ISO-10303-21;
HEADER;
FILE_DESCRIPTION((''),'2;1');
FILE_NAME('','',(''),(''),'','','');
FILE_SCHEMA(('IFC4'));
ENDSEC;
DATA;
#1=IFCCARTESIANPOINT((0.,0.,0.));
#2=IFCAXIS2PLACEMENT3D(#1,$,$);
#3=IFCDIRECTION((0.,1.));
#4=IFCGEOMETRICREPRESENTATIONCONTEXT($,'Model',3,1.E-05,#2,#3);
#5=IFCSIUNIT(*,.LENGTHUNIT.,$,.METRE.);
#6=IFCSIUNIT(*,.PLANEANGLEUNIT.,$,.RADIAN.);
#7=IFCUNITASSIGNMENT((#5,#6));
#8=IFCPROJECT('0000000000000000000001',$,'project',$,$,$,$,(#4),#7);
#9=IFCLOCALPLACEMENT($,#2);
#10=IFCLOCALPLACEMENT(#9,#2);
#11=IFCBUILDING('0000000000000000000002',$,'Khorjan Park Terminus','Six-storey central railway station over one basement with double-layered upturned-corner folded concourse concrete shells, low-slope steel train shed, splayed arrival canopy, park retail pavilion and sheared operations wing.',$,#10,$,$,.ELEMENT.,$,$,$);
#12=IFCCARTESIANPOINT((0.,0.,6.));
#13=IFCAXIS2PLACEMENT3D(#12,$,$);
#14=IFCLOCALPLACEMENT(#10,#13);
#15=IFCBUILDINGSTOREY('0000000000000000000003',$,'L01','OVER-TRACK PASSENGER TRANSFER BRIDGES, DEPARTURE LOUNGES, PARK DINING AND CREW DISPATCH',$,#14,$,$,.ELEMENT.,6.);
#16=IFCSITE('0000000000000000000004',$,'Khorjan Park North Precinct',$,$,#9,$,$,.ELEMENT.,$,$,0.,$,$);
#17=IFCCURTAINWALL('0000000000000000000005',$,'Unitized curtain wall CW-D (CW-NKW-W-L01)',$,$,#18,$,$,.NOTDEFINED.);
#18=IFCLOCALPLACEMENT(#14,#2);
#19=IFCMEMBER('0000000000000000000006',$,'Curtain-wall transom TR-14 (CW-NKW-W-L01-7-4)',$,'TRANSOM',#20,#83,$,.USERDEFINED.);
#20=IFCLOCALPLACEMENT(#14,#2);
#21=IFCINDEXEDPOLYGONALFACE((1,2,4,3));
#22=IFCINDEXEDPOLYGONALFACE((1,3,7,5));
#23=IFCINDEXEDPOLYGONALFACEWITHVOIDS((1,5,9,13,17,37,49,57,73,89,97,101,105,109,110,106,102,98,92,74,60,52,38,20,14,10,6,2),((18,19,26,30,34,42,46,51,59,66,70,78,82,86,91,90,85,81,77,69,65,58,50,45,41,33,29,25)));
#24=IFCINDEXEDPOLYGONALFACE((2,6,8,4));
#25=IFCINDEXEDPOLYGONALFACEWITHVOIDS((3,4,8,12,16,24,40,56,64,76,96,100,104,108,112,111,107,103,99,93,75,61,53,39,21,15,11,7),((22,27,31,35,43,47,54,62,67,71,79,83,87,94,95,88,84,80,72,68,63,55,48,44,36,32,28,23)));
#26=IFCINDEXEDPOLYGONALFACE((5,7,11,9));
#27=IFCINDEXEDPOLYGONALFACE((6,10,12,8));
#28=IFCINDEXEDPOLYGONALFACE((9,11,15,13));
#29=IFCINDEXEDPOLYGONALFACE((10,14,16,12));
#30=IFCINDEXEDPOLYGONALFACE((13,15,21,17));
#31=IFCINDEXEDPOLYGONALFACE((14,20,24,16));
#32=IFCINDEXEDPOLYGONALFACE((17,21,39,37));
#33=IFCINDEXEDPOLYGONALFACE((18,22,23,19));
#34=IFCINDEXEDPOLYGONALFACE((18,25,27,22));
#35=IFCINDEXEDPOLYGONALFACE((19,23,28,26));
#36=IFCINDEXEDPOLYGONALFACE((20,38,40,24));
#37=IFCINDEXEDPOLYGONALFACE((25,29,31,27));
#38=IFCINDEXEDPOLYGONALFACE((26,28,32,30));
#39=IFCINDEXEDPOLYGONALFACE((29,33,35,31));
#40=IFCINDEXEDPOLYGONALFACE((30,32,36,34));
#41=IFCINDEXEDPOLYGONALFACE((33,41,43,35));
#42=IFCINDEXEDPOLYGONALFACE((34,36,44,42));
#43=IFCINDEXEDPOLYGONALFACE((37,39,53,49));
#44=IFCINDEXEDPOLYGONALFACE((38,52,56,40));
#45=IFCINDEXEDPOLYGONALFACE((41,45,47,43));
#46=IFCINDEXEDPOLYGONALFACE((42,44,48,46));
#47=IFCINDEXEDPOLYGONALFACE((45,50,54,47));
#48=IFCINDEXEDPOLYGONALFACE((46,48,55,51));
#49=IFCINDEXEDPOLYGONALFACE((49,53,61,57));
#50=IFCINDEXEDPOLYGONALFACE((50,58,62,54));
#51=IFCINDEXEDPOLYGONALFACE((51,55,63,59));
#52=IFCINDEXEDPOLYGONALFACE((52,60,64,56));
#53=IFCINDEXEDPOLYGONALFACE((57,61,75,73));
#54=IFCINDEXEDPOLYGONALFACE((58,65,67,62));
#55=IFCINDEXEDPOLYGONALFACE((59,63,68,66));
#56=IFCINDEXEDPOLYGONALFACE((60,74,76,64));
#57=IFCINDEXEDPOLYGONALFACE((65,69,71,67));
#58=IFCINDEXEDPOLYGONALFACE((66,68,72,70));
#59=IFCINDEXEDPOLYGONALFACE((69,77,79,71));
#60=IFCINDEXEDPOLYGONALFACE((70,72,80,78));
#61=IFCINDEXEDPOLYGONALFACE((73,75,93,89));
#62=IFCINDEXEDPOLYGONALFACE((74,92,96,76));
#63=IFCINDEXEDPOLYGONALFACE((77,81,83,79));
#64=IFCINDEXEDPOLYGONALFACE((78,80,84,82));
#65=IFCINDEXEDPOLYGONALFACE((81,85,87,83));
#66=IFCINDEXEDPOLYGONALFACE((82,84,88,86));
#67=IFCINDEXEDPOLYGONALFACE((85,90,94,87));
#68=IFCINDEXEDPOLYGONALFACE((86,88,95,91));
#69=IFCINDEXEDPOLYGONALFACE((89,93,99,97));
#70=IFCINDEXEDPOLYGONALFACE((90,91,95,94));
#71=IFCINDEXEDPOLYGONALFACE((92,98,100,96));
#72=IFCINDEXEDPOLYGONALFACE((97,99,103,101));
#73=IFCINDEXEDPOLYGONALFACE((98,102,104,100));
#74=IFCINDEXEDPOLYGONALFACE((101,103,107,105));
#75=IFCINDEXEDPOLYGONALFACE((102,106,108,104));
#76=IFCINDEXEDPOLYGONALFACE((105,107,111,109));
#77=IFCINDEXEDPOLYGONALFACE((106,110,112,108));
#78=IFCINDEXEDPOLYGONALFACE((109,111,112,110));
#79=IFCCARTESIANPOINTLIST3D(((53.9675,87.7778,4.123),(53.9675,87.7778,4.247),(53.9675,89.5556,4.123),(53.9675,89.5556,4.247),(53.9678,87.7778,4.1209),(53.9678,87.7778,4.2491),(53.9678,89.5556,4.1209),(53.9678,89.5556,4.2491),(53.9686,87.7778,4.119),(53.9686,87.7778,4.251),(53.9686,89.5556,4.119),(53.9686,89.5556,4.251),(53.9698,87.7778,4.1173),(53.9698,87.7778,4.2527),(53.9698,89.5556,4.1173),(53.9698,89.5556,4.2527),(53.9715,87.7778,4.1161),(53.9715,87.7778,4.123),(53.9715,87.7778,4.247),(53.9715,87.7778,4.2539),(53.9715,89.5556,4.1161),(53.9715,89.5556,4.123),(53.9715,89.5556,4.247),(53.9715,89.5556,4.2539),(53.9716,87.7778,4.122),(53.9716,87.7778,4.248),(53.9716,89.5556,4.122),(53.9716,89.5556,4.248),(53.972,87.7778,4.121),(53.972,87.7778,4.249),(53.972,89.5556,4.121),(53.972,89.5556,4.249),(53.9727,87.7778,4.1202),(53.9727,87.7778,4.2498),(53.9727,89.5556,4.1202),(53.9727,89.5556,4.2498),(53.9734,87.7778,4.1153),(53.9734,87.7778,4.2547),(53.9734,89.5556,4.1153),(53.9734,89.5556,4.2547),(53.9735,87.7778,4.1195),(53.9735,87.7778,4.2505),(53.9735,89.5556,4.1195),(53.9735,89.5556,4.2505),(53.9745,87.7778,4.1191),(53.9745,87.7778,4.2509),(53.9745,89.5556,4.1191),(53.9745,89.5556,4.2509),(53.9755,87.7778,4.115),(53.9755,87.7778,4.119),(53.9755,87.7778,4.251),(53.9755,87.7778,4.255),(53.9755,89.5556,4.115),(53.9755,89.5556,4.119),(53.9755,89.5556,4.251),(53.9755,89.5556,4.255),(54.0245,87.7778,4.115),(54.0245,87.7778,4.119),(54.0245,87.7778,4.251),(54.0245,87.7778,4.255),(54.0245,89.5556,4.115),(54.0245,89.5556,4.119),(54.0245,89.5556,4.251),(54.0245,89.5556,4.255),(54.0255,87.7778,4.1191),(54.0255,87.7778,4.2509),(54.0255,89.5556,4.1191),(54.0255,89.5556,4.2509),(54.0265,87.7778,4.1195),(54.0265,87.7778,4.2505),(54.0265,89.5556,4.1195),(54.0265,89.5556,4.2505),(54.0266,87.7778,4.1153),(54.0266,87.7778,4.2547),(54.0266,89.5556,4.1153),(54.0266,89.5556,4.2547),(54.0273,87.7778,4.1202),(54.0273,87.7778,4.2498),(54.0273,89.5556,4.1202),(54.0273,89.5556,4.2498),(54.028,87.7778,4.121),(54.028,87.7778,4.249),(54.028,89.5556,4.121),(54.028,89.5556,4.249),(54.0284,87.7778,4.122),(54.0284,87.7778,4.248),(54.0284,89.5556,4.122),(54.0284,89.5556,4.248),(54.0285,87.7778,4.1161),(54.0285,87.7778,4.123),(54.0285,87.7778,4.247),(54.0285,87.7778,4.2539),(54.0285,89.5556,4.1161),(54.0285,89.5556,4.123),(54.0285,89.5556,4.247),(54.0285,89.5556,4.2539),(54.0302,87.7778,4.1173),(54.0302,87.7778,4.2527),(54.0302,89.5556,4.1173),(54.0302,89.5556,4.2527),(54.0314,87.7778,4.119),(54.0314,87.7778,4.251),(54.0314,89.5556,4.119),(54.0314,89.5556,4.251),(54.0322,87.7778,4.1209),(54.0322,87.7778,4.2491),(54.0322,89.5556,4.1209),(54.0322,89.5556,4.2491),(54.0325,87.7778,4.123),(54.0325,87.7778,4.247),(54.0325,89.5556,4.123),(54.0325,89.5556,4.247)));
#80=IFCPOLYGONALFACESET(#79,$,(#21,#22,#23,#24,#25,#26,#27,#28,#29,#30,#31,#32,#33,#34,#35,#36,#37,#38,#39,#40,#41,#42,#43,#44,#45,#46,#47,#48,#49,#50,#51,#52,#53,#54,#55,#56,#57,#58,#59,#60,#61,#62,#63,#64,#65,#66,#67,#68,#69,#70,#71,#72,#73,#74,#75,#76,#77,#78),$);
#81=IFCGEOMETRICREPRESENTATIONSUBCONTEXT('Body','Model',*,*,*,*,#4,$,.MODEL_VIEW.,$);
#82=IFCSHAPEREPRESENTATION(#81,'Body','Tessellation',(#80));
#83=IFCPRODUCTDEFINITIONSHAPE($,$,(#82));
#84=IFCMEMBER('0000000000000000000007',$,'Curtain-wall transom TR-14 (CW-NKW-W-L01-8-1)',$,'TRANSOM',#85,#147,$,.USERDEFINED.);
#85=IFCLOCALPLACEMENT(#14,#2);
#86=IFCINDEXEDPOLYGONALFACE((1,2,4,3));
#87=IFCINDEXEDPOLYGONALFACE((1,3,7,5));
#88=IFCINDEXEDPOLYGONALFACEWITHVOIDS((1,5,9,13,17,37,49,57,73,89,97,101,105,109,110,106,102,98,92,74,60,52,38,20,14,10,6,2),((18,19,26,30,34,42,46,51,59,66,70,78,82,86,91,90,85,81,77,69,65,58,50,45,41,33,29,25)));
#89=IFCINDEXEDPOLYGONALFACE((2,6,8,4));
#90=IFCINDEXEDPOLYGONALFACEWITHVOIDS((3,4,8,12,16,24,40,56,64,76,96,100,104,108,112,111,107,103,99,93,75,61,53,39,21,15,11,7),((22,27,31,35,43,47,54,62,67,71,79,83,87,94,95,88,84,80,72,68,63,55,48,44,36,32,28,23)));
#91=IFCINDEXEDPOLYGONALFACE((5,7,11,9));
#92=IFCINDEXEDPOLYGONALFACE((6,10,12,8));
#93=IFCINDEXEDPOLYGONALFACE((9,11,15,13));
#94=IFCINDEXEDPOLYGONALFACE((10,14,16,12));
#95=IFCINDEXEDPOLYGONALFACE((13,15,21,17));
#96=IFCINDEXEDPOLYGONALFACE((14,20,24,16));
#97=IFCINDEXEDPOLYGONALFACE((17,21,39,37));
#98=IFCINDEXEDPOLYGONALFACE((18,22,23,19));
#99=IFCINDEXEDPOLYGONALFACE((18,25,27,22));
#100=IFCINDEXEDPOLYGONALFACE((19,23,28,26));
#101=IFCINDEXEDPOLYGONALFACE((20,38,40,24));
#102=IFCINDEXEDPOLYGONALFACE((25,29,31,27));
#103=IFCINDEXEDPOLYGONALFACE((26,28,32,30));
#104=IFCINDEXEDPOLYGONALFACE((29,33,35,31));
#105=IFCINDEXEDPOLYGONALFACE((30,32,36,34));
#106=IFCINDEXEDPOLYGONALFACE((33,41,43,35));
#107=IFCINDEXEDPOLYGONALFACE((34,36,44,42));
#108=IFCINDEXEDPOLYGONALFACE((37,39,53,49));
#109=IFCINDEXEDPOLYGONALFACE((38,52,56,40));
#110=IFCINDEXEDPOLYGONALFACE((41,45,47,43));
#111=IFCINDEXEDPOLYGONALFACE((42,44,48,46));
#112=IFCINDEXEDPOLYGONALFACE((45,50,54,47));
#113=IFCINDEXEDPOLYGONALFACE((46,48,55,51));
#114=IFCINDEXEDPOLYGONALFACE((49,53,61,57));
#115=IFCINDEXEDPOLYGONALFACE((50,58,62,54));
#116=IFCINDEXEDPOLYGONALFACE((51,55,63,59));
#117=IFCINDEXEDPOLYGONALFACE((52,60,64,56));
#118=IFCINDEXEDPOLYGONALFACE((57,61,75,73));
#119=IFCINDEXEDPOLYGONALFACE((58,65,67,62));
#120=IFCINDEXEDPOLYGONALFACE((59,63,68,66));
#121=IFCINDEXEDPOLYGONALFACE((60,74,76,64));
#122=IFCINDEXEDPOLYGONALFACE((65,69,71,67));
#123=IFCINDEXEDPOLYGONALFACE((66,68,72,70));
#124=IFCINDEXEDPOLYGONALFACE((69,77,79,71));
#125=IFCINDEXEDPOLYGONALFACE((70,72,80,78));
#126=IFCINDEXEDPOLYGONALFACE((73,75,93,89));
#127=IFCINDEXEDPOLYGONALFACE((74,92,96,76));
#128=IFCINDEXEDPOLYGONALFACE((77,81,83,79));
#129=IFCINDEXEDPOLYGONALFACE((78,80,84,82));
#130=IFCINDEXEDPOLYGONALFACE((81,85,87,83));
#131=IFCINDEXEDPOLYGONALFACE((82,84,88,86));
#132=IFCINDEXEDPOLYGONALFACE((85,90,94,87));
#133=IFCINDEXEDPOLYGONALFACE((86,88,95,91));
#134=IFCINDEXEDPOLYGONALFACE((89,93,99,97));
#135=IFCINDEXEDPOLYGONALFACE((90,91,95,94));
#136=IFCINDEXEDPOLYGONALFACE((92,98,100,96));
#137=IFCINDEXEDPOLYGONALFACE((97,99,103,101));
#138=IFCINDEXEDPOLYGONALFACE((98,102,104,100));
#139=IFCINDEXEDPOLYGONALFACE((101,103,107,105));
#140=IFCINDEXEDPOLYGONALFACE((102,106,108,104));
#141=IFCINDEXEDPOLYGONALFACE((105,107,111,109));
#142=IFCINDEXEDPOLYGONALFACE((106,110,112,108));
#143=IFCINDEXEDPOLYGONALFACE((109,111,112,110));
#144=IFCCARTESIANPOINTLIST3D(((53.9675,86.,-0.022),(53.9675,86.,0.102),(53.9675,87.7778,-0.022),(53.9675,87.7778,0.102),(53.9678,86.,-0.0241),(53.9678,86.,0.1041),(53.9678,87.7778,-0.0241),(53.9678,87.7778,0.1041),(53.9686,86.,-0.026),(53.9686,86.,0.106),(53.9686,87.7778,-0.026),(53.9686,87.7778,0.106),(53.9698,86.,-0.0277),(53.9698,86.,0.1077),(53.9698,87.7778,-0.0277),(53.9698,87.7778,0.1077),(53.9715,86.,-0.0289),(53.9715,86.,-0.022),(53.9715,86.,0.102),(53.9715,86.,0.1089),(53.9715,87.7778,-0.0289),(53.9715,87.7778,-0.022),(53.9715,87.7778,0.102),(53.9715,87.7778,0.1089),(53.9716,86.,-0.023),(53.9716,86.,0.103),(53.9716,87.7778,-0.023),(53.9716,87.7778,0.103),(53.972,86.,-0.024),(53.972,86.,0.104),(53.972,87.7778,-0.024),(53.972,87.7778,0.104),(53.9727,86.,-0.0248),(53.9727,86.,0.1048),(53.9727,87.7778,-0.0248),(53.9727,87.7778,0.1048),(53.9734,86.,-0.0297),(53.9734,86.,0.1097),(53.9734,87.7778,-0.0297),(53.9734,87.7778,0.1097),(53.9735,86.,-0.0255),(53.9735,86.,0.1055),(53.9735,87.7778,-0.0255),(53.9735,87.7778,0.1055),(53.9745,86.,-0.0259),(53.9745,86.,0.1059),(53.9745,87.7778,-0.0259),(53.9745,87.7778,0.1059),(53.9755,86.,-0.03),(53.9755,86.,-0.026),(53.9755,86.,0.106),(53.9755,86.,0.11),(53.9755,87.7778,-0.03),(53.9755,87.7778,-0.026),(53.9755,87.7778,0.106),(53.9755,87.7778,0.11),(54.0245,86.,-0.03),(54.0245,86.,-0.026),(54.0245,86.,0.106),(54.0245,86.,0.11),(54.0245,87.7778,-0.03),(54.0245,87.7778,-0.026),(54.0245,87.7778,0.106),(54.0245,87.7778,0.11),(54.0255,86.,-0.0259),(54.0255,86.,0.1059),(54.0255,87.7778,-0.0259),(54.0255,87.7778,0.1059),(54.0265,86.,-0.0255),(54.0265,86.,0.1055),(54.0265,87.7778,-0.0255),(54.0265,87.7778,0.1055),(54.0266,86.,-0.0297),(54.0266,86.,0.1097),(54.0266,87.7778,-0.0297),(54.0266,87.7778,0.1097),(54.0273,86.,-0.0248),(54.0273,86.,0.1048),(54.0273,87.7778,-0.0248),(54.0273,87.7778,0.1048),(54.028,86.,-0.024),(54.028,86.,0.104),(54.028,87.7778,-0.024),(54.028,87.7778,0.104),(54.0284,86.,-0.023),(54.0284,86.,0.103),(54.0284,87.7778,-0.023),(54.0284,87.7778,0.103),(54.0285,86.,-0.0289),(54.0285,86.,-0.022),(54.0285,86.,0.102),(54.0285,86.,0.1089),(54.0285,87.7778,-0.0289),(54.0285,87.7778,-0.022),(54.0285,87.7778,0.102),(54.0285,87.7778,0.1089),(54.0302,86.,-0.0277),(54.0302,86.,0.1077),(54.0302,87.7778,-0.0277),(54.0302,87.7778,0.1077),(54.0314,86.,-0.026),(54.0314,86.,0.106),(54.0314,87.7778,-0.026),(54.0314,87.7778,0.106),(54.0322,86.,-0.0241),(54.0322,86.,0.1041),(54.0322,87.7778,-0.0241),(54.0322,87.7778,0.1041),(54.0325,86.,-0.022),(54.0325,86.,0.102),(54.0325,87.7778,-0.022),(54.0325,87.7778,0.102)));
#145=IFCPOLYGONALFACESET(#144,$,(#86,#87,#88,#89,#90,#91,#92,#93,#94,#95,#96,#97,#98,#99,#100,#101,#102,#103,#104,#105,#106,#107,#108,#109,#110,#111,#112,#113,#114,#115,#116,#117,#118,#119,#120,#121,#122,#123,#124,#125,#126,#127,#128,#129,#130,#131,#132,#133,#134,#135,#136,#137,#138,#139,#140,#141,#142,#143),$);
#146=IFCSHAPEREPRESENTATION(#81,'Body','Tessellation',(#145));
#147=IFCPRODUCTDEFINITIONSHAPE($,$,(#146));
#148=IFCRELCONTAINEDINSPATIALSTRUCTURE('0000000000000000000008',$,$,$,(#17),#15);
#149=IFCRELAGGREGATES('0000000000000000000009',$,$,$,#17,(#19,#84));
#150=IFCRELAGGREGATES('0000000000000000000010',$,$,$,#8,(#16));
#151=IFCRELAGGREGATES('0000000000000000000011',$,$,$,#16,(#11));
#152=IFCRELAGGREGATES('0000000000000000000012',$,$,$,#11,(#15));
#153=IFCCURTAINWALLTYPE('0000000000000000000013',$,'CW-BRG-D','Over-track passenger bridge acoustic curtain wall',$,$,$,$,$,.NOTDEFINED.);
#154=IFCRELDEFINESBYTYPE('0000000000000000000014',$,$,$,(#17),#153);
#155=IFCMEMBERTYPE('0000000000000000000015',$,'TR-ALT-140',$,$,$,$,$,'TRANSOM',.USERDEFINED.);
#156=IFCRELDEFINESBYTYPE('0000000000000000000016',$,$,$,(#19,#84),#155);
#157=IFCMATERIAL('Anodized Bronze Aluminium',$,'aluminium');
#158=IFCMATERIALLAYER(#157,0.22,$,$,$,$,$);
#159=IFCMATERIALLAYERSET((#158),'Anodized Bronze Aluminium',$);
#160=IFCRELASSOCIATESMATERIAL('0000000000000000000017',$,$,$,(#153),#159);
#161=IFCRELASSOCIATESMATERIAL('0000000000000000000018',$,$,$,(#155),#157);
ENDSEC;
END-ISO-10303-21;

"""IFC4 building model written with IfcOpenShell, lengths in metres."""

from ifc_helpers import new_model, si_unit, direction, frame, origin, origin_2d, place, context, subcontext, project, spatial, hollow_rectangle, extrude, material, layer, layer_set, material_profile, profile_set, type_object, element, aggregate, save


model = new_model("IFC4")

# Units and contexts
model_context = context("Model", 3, precision=1e-05, world=origin(), true_north=direction((0.0, 1.0)))
body_context = subcontext(model_context, "Body", "Model", "MODEL_VIEW")
ifc_project = project(units=[si_unit("LENGTHUNIT", "METRE"), si_unit("PLANEANGLEUNIT", "RADIAN")], contexts=[model_context])

# Site, building, storey
site_placement = place(None, origin())
site = spatial("IfcSite", under=ifc_project, at=site_placement, Name="Khorjan Park North Precinct", CompositionType="ELEMENT", RefElevation=0.0)
building_placement = place(site_placement, origin())
building = spatial("IfcBuilding", under=site, at=building_placement, Name="Khorjan Park Terminus", Description="Six-storey central railway station over one basement with double-layered upturned-corner folded concourse concrete shells, low-slope steel train shed, splayed arrival canopy, park retail pavilion and sheared operations wing.", CompositionType="ELEMENT")
storey_placement = place(building_placement, frame((0.0, 0.0, 6.0)))
storey = spatial("IfcBuildingStorey", under=building, at=storey_placement, Name="L01", Description="OVER-TRACK PASSENGER TRANSFER BRIDGES, DEPARTURE LOUNGES, PARK DINING AND CREW DISPATCH", CompositionType="ELEMENT", Elevation=6.0)

# Curtain wall
ifc_material_1 = material(Name="Anodized Bronze Aluminium", Category="aluminium")
ifc_layer_1 = layer(ifc_material_1, 0.22)
ifc_layer_set_1 = layer_set([ifc_layer_1], Name="Anodized Bronze Aluminium")
curtain_wall_type_1 = type_object("IfcCurtainWallType", Name="CW-BRG-D", Description="Over-track passenger bridge acoustic curtain wall", PredefinedType="NOTDEFINED", material=ifc_layer_set_1)
curtain_wall_1_placement = place(storey_placement, origin())
curtain_wall_1 = element("IfcCurtainWall", 1, at=curtain_wall_1_placement, inside=storey, type_object=curtain_wall_type_1, Name="Unitized curtain wall CW-D (CW-NKW-W-L01)", PredefinedType="NOTDEFINED")

# Members
ifc_material_profile_1 = material_profile(ifc_material_1, hollow_rectangle(XDim=0.065, YDim=0.14, WallThickness=0.004, InnerFilletRadius=0.004, OuterFilletRadius=0.008, at=origin_2d()), Name="ALT 65x140x4")
ifc_profile_set_1 = profile_set([ifc_material_profile_1], Name="Anodized Bronze Aluminium")
member_type_1 = type_object("IfcMemberType", Name="TR-ALT-140", ElementType="TRANSOM", PredefinedType="USERDEFINED", material=ifc_profile_set_1)
member_1_placement = place(storey_placement, frame((54.0, 89.5556, 4.185), z_axis=(0.0, -1.0, 0.0), x_axis=(1.0, 0.0, 0.0)))
member_1 = element("IfcMember", 2, at=member_1_placement, type_object=member_type_1, Name="Curtain-wall transom TR-14 (CW-NKW-W-L01-7-4)", ObjectType="TRANSOM", PredefinedType="USERDEFINED", context=body_context, shape_type="SweptSolid", body=[
    extrude(hollow_rectangle(XDim=0.065, YDim=0.14, WallThickness=0.004, InnerFilletRadius=0.004, OuterFilletRadius=0.008, at=origin_2d()), origin(), (0.0, 0.0, 1.0), 1.7778),
])
member_2_placement = place(storey_placement, frame((54.0, 87.7778, 0.04), z_axis=(0.0, -1.0, 0.0), x_axis=(1.0, 0.0, 0.0)))
member_2 = element("IfcMember", 3, at=member_2_placement, type_object=member_type_1, Name="Curtain-wall transom TR-14 (CW-NKW-W-L01-8-1)", ObjectType="TRANSOM", PredefinedType="USERDEFINED", context=body_context, shape_type="SweptSolid", body=[
    extrude(hollow_rectangle(XDim=0.065, YDim=0.14, WallThickness=0.004, InnerFilletRadius=0.004, OuterFilletRadius=0.008, at=origin_2d()), origin(), (0.0, 0.0, 1.0), 1.7778),
])

aggregate(curtain_wall_1, [member_1, member_2])

save(model, "model.ifc")
